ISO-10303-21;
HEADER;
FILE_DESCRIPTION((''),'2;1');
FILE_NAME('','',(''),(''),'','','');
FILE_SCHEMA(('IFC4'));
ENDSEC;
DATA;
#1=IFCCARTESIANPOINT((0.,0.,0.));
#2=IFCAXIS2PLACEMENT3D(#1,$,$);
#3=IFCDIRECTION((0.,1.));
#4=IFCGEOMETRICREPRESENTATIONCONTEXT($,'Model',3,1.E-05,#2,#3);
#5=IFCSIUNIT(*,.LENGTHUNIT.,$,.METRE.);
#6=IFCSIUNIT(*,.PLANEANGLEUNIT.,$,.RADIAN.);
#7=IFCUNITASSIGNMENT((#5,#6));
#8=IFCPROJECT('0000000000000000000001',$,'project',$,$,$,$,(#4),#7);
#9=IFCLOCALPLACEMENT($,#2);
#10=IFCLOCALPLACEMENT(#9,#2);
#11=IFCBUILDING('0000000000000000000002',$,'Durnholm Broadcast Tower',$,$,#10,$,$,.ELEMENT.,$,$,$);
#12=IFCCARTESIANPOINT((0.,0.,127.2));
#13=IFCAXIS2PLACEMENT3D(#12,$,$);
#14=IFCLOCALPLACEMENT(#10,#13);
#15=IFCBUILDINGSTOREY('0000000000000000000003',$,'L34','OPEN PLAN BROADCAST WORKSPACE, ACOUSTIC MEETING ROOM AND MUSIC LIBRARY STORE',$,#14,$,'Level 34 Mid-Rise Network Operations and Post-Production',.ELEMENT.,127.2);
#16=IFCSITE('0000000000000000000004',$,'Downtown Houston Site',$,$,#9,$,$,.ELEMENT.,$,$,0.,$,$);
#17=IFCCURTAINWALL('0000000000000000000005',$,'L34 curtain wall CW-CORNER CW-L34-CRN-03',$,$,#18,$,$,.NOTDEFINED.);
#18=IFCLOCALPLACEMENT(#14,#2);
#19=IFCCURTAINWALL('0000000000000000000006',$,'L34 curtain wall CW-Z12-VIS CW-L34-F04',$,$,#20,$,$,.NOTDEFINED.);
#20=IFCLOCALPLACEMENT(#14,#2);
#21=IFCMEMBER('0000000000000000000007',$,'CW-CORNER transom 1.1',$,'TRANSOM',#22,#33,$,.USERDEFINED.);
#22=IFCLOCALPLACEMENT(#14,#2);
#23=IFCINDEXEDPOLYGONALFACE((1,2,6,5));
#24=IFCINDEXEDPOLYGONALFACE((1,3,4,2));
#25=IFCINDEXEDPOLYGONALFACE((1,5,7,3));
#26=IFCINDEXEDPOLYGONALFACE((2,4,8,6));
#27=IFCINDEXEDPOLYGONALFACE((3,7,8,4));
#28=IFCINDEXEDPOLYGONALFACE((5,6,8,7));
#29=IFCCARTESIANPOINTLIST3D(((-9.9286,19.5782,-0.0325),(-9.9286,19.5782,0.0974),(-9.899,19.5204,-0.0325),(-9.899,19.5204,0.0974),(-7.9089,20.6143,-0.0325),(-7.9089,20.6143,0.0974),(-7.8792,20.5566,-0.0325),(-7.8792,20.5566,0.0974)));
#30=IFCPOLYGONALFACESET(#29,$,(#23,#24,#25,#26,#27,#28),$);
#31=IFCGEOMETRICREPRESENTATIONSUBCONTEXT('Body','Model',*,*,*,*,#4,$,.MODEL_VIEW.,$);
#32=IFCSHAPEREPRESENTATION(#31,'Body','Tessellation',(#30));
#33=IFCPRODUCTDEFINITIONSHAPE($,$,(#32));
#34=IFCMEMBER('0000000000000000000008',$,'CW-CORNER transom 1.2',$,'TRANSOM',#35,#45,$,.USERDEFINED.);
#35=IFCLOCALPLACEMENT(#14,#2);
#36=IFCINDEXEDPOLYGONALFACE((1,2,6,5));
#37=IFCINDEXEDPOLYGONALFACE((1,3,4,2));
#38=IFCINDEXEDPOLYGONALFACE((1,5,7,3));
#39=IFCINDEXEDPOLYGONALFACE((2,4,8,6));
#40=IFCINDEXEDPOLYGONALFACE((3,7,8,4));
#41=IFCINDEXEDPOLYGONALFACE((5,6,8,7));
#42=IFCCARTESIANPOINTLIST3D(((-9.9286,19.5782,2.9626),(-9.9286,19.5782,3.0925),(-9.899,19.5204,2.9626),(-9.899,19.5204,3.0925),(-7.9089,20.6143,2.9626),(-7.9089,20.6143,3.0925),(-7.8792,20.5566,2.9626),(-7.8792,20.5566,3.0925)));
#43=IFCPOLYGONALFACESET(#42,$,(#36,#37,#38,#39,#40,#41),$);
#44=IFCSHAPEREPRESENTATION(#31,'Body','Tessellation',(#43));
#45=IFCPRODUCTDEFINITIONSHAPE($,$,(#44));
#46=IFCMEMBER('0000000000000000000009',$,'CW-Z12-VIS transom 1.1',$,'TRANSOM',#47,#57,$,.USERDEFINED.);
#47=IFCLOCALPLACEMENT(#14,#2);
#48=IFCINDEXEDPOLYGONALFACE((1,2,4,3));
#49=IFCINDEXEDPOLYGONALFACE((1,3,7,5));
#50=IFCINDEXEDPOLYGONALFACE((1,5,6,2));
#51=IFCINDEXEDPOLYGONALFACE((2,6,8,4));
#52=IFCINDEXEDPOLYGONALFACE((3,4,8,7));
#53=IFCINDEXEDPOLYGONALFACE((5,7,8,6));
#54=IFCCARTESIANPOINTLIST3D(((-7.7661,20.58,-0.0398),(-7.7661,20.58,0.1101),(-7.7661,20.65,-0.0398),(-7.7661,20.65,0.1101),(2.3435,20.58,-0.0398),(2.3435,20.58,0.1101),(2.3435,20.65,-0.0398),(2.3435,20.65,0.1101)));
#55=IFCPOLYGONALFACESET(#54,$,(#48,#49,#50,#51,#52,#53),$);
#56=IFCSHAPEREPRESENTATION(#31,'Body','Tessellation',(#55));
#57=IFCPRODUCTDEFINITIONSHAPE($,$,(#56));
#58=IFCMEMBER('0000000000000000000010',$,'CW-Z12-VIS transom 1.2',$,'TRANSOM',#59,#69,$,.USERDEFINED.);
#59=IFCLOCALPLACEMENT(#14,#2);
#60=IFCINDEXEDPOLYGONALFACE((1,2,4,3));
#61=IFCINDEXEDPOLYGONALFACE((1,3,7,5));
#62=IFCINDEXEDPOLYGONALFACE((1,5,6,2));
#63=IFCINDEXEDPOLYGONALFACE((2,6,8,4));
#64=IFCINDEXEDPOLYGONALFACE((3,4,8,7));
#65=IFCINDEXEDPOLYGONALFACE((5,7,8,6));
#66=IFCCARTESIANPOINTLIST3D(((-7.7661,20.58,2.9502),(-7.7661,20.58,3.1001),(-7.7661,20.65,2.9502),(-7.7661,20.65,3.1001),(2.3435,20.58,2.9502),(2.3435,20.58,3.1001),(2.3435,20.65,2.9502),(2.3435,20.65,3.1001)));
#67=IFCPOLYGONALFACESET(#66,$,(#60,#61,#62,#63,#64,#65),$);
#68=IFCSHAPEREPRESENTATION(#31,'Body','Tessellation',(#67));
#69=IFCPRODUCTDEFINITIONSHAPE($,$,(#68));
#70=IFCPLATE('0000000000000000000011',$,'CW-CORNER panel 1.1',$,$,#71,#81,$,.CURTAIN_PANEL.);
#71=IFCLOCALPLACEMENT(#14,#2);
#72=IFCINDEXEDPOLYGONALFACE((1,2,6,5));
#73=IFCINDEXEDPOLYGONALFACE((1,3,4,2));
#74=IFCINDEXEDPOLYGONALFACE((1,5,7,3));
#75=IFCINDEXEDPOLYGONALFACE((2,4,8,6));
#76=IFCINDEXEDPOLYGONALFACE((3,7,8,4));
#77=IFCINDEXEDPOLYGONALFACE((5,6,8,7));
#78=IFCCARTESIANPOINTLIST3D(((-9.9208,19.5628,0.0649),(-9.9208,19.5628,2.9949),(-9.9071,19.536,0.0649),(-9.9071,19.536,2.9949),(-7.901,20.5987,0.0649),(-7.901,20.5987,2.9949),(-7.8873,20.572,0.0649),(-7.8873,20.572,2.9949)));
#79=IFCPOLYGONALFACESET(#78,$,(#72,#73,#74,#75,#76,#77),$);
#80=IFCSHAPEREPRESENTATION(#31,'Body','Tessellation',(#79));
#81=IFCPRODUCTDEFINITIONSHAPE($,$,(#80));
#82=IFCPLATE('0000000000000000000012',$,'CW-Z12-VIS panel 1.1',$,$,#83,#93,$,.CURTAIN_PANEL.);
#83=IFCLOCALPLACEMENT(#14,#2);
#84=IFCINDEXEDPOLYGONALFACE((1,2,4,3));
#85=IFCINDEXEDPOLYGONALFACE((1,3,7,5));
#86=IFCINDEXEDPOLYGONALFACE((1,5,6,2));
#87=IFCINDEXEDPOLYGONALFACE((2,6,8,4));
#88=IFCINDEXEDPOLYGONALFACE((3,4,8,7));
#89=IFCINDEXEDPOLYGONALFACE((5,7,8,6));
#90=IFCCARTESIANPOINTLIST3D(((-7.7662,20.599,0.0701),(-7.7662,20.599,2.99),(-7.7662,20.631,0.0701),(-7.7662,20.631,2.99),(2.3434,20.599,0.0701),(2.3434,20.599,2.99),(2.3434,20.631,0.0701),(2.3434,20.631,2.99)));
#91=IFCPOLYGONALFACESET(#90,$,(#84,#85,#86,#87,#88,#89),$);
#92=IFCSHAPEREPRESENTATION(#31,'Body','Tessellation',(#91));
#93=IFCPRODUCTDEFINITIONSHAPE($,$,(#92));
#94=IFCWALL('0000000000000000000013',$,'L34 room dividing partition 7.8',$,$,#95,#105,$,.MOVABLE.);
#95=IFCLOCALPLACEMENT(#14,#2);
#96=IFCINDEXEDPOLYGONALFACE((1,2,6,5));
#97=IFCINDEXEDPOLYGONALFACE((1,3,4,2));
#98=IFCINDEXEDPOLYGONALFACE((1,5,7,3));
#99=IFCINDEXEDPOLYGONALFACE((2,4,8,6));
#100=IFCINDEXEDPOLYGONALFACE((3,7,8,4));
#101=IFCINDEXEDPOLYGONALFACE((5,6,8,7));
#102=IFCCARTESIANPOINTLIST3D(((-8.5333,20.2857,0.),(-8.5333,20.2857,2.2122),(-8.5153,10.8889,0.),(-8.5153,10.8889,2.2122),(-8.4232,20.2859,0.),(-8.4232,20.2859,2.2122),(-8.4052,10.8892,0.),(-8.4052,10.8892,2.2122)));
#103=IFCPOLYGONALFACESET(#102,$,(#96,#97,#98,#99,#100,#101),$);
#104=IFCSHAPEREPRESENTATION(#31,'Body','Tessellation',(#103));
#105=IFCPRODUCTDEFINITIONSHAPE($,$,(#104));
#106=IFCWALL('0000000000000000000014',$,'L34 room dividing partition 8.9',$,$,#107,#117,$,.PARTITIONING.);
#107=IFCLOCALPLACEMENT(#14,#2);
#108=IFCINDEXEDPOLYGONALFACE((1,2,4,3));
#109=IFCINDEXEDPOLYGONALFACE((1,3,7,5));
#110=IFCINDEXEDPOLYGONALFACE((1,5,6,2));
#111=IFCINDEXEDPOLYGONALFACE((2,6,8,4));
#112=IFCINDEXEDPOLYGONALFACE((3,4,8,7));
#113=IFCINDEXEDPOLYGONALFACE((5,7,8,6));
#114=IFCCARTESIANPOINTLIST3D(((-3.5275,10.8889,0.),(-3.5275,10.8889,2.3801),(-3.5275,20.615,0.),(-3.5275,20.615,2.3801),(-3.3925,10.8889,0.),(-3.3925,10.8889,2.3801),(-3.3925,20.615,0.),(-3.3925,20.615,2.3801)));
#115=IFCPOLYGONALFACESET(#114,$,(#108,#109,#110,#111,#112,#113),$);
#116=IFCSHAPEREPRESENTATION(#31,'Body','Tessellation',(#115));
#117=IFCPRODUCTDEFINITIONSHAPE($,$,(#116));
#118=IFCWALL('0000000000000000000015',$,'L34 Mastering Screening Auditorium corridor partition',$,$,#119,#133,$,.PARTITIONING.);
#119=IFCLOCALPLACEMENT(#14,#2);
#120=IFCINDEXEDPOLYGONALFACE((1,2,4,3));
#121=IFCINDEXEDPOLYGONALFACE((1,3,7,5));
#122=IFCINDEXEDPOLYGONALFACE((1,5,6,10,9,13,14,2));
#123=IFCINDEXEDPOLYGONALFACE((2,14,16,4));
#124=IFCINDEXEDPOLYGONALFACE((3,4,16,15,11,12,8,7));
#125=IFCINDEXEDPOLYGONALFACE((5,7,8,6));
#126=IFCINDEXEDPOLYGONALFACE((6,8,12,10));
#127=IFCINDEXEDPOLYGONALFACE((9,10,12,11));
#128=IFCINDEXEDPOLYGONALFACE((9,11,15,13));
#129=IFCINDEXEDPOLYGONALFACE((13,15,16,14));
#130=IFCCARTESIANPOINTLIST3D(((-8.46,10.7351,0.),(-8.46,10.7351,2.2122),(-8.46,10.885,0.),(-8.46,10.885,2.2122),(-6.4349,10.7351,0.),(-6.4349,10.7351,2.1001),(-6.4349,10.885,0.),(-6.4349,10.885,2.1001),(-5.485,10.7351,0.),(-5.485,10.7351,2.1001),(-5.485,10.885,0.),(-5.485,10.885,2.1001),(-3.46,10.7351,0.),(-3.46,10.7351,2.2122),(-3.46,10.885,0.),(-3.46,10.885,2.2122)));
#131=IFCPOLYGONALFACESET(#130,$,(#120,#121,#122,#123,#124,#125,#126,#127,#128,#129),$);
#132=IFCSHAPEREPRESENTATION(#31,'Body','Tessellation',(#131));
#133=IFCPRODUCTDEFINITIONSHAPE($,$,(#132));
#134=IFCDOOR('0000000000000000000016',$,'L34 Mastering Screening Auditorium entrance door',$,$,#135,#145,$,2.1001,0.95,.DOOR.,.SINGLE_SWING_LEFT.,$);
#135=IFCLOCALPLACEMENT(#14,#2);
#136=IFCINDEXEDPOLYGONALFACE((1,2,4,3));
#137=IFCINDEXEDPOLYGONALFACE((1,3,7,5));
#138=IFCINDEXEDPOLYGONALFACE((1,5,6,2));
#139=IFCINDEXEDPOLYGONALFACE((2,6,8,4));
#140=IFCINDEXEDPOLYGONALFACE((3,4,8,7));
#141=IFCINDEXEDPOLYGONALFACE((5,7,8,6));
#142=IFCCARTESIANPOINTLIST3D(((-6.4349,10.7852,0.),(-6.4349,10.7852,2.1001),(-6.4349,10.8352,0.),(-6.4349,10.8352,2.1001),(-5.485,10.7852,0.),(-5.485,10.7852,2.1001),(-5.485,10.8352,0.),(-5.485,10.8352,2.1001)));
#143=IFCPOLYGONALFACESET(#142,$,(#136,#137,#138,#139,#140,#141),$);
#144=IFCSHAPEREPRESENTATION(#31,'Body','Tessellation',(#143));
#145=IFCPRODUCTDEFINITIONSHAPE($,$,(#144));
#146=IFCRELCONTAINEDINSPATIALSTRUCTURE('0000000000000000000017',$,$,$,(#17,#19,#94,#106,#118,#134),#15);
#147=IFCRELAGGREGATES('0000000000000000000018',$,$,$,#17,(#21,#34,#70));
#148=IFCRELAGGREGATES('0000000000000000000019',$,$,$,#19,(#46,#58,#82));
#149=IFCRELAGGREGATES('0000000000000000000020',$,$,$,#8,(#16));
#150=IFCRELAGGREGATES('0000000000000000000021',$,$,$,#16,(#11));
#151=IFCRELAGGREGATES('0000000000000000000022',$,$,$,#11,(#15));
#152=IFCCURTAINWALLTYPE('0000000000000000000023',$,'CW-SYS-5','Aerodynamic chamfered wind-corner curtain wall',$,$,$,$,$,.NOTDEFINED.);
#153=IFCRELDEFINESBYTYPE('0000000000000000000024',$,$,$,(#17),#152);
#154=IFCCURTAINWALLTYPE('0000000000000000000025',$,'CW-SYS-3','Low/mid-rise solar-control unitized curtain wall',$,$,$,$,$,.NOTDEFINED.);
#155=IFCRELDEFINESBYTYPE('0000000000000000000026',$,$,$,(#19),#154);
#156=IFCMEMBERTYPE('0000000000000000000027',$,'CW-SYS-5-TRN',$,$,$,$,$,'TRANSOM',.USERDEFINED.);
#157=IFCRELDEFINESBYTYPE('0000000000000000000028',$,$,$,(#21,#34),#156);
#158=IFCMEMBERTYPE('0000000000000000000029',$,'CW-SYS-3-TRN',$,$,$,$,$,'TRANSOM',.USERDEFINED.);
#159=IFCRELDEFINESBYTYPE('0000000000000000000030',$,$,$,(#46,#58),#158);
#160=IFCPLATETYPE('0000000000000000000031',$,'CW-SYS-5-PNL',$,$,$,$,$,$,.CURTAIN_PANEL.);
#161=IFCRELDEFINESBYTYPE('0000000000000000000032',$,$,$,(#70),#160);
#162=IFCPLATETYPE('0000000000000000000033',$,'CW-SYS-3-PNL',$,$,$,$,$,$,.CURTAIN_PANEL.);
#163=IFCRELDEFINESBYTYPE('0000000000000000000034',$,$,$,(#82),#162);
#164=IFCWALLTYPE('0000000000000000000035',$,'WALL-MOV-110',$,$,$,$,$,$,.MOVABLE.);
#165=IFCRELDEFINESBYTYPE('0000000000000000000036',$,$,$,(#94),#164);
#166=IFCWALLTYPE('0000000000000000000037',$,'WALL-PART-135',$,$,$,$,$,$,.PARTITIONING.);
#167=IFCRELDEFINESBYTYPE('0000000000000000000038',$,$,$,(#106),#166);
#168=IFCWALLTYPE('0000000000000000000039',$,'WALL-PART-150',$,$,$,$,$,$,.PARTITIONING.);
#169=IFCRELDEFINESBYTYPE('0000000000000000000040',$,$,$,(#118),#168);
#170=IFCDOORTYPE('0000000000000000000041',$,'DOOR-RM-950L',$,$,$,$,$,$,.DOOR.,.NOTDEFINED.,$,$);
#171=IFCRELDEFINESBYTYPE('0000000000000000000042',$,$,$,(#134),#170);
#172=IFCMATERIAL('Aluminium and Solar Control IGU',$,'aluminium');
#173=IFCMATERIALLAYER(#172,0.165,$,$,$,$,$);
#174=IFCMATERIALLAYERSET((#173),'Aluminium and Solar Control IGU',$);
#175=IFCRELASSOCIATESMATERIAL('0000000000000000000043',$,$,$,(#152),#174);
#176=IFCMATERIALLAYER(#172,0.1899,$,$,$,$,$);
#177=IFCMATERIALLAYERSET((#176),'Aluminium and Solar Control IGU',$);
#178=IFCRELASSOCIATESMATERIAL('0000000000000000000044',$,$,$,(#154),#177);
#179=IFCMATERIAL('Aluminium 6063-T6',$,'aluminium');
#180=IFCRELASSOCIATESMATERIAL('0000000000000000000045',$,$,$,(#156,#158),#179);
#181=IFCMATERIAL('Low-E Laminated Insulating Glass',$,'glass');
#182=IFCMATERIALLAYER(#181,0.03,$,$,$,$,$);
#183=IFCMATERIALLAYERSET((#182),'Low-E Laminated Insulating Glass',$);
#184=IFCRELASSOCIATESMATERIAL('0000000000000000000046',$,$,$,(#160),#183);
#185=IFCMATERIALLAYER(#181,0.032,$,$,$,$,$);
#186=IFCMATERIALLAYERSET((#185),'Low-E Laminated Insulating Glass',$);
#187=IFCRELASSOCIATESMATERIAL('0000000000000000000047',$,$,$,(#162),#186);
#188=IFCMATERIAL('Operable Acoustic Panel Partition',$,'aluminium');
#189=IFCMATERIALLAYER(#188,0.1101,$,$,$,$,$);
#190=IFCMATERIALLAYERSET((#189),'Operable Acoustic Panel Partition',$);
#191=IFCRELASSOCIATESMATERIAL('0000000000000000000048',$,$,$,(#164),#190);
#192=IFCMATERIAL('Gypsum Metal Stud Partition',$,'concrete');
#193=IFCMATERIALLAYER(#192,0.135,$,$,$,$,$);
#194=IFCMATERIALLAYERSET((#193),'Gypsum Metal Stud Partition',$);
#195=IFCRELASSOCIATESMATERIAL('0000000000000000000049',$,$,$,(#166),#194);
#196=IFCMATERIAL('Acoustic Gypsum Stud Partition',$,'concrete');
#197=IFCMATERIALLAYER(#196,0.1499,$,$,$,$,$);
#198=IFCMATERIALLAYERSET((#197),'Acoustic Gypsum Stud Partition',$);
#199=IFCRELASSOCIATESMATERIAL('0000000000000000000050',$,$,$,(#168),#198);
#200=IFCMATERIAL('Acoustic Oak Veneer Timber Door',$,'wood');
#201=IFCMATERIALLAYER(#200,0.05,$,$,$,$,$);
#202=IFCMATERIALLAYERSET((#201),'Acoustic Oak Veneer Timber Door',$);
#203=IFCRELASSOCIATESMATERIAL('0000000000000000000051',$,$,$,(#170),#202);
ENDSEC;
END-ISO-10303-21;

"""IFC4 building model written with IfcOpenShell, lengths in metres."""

from ifc_helpers import new_model, si_unit, direction, frame, frame_2d, origin, origin_2d, place, context, subcontext, project, spatial, rectangle, extrude, source, transform, mapped, material, layer, layer_set, material_profile, profile_set, type_object, type_shapes, element, fill, aggregate, save


model = new_model("IFC4")

# Units and contexts
model_context = context("Model", 3, precision=1e-05, world=origin(), true_north=direction((0.0, 1.0)))
body_context = subcontext(model_context, "Body", "Model", "MODEL_VIEW")
ifc_project = project(units=[si_unit("LENGTHUNIT", "METRE"), si_unit("PLANEANGLEUNIT", "RADIAN")], contexts=[model_context])

# Site, building, storey
site_placement = place(None, origin())
site = spatial("IfcSite", under=ifc_project, at=site_placement, Name="Downtown Houston Site", CompositionType="ELEMENT", RefElevation=0.0)
building_placement = place(site_placement, origin())
building = spatial("IfcBuilding", under=site, at=building_placement, Name="Durnholm Broadcast Tower", CompositionType="ELEMENT")
storey_placement = place(building_placement, frame((0.0, 0.0, 127.2)))
storey = spatial("IfcBuildingStorey", under=building, at=storey_placement, Name="L34", Description="OPEN PLAN BROADCAST WORKSPACE, ACOUSTIC MEETING ROOM AND MUSIC LIBRARY STORE", LongName="Level 34 Mid-Rise Network Operations and Post-Production", CompositionType="ELEMENT", Elevation=127.2)

# Curtain walls
ifc_material_1 = material(Name="Aluminium and Solar Control IGU", Category="aluminium")
ifc_layer_1 = layer(ifc_material_1, 0.165)
ifc_layer_set_1 = layer_set([ifc_layer_1], Name="Aluminium and Solar Control IGU")
curtain_wall_type_1 = type_object("IfcCurtainWallType", Name="CW-SYS-5", Description="Aerodynamic chamfered wind-corner curtain wall", PredefinedType="NOTDEFINED", material=ifc_layer_set_1)
curtain_wall_1_placement = place(storey_placement, origin())
curtain_wall_1 = element("IfcCurtainWall", 1, at=curtain_wall_1_placement, inside=storey, type_object=curtain_wall_type_1, Name="L34 curtain wall CW-CORNER CW-L34-CRN-03", PredefinedType="NOTDEFINED")
ifc_material_2 = material(Name="Aluminium 6063-T6", Category="aluminium")
ifc_layer_2 = layer(ifc_material_1, 0.1899)
ifc_layer_set_2 = layer_set([ifc_layer_2], Name="Aluminium and Solar Control IGU")
curtain_wall_type_2 = type_object("IfcCurtainWallType", Name="CW-SYS-3", Description="Low/mid-rise solar-control unitized curtain wall", PredefinedType="NOTDEFINED", material=ifc_layer_set_2)
curtain_wall_2_placement = place(storey_placement, origin())
curtain_wall_2 = element("IfcCurtainWall", 2, at=curtain_wall_2_placement, inside=storey, type_object=curtain_wall_type_2, Name="L34 curtain wall CW-Z12-VIS CW-L34-F04", PredefinedType="NOTDEFINED")

# Members
ifc_material_profile_1 = material_profile(ifc_material_2, rectangle(XDim=0.0649, YDim=0.1299, at=origin_2d()), Name="CWT65X130")
ifc_profile_set_1 = profile_set([ifc_material_profile_1], Name="Aluminium 6063-T6")
member_type_1 = type_object("IfcMemberType", Name="CW-SYS-5-TRN", ElementType="TRANSOM", PredefinedType="USERDEFINED", material=ifc_profile_set_1)
shared_shape_1 = source(origin(), body_context, "Body", "SweptSolid", [
    extrude(rectangle(XDim=0.0649, YDim=0.1299, at=origin_2d()), origin(), (0.0, 0.0, 1.0), 2.27),
])
type_shapes(member_type_1, [shared_shape_1])
member_1_placement = place(storey_placement, frame((-9.9138, 19.5493, 0.0325), z_axis=(0.889755, 0.456439, 0.0), x_axis=(-0.456439, 0.889755, 0.0)))
member_1 = element("IfcMember", 3, at=member_1_placement, type_object=member_type_1, Name="CW-CORNER transom 1.1", ObjectType="TRANSOM", PredefinedType="USERDEFINED", context=body_context, shape_type="MappedRepresentation", body=[
    mapped(shared_shape_1, transform((0.0, 0.0, 0.0), x_axis=(1.0, 0.0, 0.0), y_axis=(0.0, 1.0, 0.0), z_axis=(0.0, 0.0, 1.0), scale=1.0)),
])
member_2_placement = place(storey_placement, frame((-9.9138, 19.5493, 3.0276), z_axis=(0.889755, 0.456439, 0.0), x_axis=(-0.456439, 0.889755, 0.0)))
member_2 = element("IfcMember", 4, at=member_2_placement, type_object=member_type_1, Name="CW-CORNER transom 1.2", ObjectType="TRANSOM", PredefinedType="USERDEFINED", context=body_context, shape_type="MappedRepresentation", body=[
    mapped(shared_shape_1, transform((0.0, 0.0, 0.0), x_axis=(1.0, 0.0, 0.0), y_axis=(0.0, 1.0, 0.0), z_axis=(0.0, 0.0, 1.0), scale=1.0)),
])
ifc_material_profile_2 = material_profile(ifc_material_2, rectangle(XDim=0.0701, YDim=0.1499, at=origin_2d()), Name="CWT70X150")
ifc_profile_set_2 = profile_set([ifc_material_profile_2], Name="Aluminium 6063-T6")
member_type_2 = type_object("IfcMemberType", Name="CW-SYS-3-TRN", ElementType="TRANSOM", PredefinedType="USERDEFINED", material=ifc_profile_set_2)
shared_shape_2 = source(origin(), body_context, "Body", "SweptSolid", [
    extrude(rectangle(XDim=0.0701, YDim=0.1499, at=origin_2d()), origin(), (0.0, 0.0, 1.0), 10.1096),
])
type_shapes(member_type_2, [shared_shape_2])
member_3_placement = place(storey_placement, frame((-7.7661, 20.615, 0.0352), z_axis=(1.0, 0.0, 0.0), x_axis=(0.0, 1.0, 0.0)))
member_3 = element("IfcMember", 5, at=member_3_placement, type_object=member_type_2, Name="CW-Z12-VIS transom 1.1", ObjectType="TRANSOM", PredefinedType="USERDEFINED", context=body_context, shape_type="MappedRepresentation", body=[
    mapped(shared_shape_2, transform((0.0, 0.0, 0.0), x_axis=(1.0, 0.0, 0.0), y_axis=(0.0, 1.0, 0.0), z_axis=(0.0, 0.0, 1.0), scale=1.0)),
])
member_4_placement = place(storey_placement, frame((-7.7661, 20.615, 3.0251), z_axis=(1.0, 0.0, 0.0), x_axis=(0.0, 1.0, 0.0)))
member_4 = element("IfcMember", 6, at=member_4_placement, type_object=member_type_2, Name="CW-Z12-VIS transom 1.2", ObjectType="TRANSOM", PredefinedType="USERDEFINED", context=body_context, shape_type="MappedRepresentation", body=[
    mapped(shared_shape_2, transform((0.0, 0.0, 0.0), x_axis=(1.0, 0.0, 0.0), y_axis=(0.0, 1.0, 0.0), z_axis=(0.0, 0.0, 1.0), scale=1.0)),
])

# Plates
ifc_material_3 = material(Name="Low-E Laminated Insulating Glass", Category="glass")
ifc_layer_3 = layer(ifc_material_3, 0.03)
ifc_layer_set_3 = layer_set([ifc_layer_3], Name="Low-E Laminated Insulating Glass")
plate_type_1 = type_object("IfcPlateType", Name="CW-SYS-5-PNL", PredefinedType="CURTAIN_PANEL", material=ifc_layer_set_3)
shared_shape_3 = source(origin(), body_context, "Body", "SweptSolid", [
    extrude(rectangle(XDim=2.27, YDim=0.03, at=origin_2d()), origin(), (0.0, 0.0, 1.0), 2.9299),
])
type_shapes(plate_type_1, [shared_shape_3])
plate_1_placement = place(storey_placement, frame((-8.9041, 20.0674, 0.0649), z_axis=(0.0, 0.0, 1.0), x_axis=(0.889788, 0.456373, 0.0)))
plate_1 = element("IfcPlate", 7, at=plate_1_placement, type_object=plate_type_1, Name="CW-CORNER panel 1.1", PredefinedType="CURTAIN_PANEL", context=body_context, shape_type="MappedRepresentation", body=[
    mapped(shared_shape_3, transform((0.0, 0.0, 0.0), x_axis=(1.0, 0.0, 0.0), y_axis=(0.0, 1.0, 0.0), z_axis=(0.0, 0.0, 1.0), scale=1.0)),
])
aggregate(curtain_wall_1, [member_1, member_2, plate_1])
ifc_layer_4 = layer(ifc_material_3, 0.032)
ifc_layer_set_4 = layer_set([ifc_layer_4], Name="Low-E Laminated Insulating Glass")
plate_type_2 = type_object("IfcPlateType", Name="CW-SYS-3-PNL", PredefinedType="CURTAIN_PANEL", material=ifc_layer_set_4)
shared_shape_4 = source(origin(), body_context, "Body", "SweptSolid", [
    extrude(rectangle(XDim=10.1096, YDim=0.032, at=origin_2d()), origin(), (0.0, 0.0, 1.0), 2.9199),
])
type_shapes(plate_type_2, [shared_shape_4])
plate_2_placement = place(storey_placement, frame((-2.7114, 20.615, 0.0701), z_axis=(0.0, 0.0, 1.0), x_axis=(1.0, 0.0, 0.0)))
plate_2 = element("IfcPlate", 8, at=plate_2_placement, type_object=plate_type_2, Name="CW-Z12-VIS panel 1.1", PredefinedType="CURTAIN_PANEL", context=body_context, shape_type="MappedRepresentation", body=[
    mapped(shared_shape_4, transform((0.0, 0.0, 0.0), x_axis=(1.0, 0.0, 0.0), y_axis=(0.0, 1.0, 0.0), z_axis=(0.0, 0.0, 1.0), scale=1.0)),
])
aggregate(curtain_wall_2, [member_3, member_4, plate_2])

# Walls
ifc_material_4 = material(Name="Operable Acoustic Panel Partition", Category="aluminium")
ifc_layer_5 = layer(ifc_material_4, 0.1101)
ifc_layer_set_5 = layer_set([ifc_layer_5], Name="Operable Acoustic Panel Partition")
wall_type_1 = type_object("IfcWallType", Name="WALL-MOV-110", PredefinedType="MOVABLE", material=ifc_layer_set_5)
wall_1_placement = place(storey_placement, frame((-8.4783, 20.2856, 0.0), z_axis=(0.0, 0.0, 1.0), x_axis=(0.001923, -0.999998, 0.0)))
element("IfcWall", 9, at=wall_1_placement, inside=storey, type_object=wall_type_1, Name="L34 room dividing partition 7.8", PredefinedType="MOVABLE", context=body_context, shape_type="SweptSolid", body=[
    extrude(rectangle(XDim=9.3967, YDim=0.1101, at=frame_2d((4.6982, 0.0))), origin(), (0.0, 0.0, 1.0), 2.2122),
])
ifc_material_5 = material(Name="Gypsum Metal Stud Partition", Category="concrete")
ifc_layer_6 = layer(ifc_material_5, 0.135)
ifc_layer_set_6 = layer_set([ifc_layer_6], Name="Gypsum Metal Stud Partition")
wall_type_2 = type_object("IfcWallType", Name="WALL-PART-135", PredefinedType="PARTITIONING", material=ifc_layer_set_6)
wall_2_placement = place(storey_placement, frame((-3.46, 20.615, 0.0), z_axis=(0.0, 0.0, 1.0), x_axis=(0.0, -1.0, 0.0)))
element("IfcWall", 10, at=wall_2_placement, inside=storey, type_object=wall_type_2, Name="L34 room dividing partition 8.9", PredefinedType="PARTITIONING", context=body_context, shape_type="SweptSolid", body=[
    extrude(rectangle(XDim=9.7261, YDim=0.135, at=frame_2d((4.863, 0.0))), origin(), (0.0, 0.0, 1.0), 2.3801),
])

# Wall, opening, door
ifc_material_6 = material(Name="Acoustic Gypsum Stud Partition", Category="concrete")
ifc_layer_7 = layer(ifc_material_6, 0.1499)
ifc_layer_set_7 = layer_set([ifc_layer_7], Name="Acoustic Gypsum Stud Partition")
wall_type_3 = type_object("IfcWallType", Name="WALL-PART-150", PredefinedType="PARTITIONING", material=ifc_layer_set_7)
wall_3_placement = place(storey_placement, frame((-3.46, 10.8101, 0.0), z_axis=(0.0, 0.0, 1.0), x_axis=(-1.0, 0.0, 0.0)))
wall_3 = element("IfcWall", 11, at=wall_3_placement, inside=storey, type_object=wall_type_3, Name="L34 Mastering Screening Auditorium corridor partition", PredefinedType="PARTITIONING", context=body_context, shape_type="SweptSolid", body=[
    extrude(rectangle(XDim=5.0, YDim=0.1499, at=frame_2d((2.5, 0.0))), origin(), (0.0, 0.0, 1.0), 2.2122),
])
opening_placement = place(wall_3_placement, frame((2.0249, 0.0, 0.0)))
opening = element("IfcOpeningElement", 12, at=opening_placement, cuts=wall_3, PredefinedType="OPENING", context=body_context, shape_type="SweptSolid", body=[
    extrude(rectangle(XDim=0.95, YDim=2.1001, at=frame_2d((0.4751, 1.05))), frame((0.0, 0.085, 0.0), z_axis=(0.0, -1.0, 0.0), x_axis=(1.0, 0.0, 0.0)), (0.0, 0.0, 1.0), 0.1699),
])
ifc_material_7 = material(Name="Acoustic Oak Veneer Timber Door", Category="wood")
ifc_layer_8 = layer(ifc_material_7, 0.05)
ifc_layer_set_8 = layer_set([ifc_layer_8], Name="Acoustic Oak Veneer Timber Door")
door_type = type_object("IfcDoorType", Name="DOOR-RM-950L", OperationType="NOTDEFINED", PredefinedType="DOOR", material=ifc_layer_set_8)
shared_shape_5 = source(origin(), body_context, "Body", "SweptSolid", [
    extrude(rectangle(XDim=0.95, YDim=2.1001, at=frame_2d((0.4751, 1.05))), frame((0.0, 0.0249, 0.0), z_axis=(0.0, -1.0, 0.0), x_axis=(1.0, 0.0, 0.0)), (0.0, 0.0, 1.0), 0.05),
])
type_shapes(door_type, [shared_shape_5])
door_placement = place(opening_placement, origin())
door = element("IfcDoor", 13, at=door_placement, inside=storey, type_object=door_type, Name="L34 Mastering Screening Auditorium entrance door", OperationType="SINGLE_SWING_LEFT", OverallHeight=2.1001, OverallWidth=0.95, PredefinedType="DOOR", context=body_context, shape_type="MappedRepresentation", body=[
    mapped(shared_shape_5, transform((0.0, 0.0, 0.0), x_axis=(1.0, 0.0, 0.0), y_axis=(0.0, 1.0, 0.0), z_axis=(0.0, 0.0, 1.0), scale=1.0)),
])
fill(opening, door)

save(model, "model.ifc")
